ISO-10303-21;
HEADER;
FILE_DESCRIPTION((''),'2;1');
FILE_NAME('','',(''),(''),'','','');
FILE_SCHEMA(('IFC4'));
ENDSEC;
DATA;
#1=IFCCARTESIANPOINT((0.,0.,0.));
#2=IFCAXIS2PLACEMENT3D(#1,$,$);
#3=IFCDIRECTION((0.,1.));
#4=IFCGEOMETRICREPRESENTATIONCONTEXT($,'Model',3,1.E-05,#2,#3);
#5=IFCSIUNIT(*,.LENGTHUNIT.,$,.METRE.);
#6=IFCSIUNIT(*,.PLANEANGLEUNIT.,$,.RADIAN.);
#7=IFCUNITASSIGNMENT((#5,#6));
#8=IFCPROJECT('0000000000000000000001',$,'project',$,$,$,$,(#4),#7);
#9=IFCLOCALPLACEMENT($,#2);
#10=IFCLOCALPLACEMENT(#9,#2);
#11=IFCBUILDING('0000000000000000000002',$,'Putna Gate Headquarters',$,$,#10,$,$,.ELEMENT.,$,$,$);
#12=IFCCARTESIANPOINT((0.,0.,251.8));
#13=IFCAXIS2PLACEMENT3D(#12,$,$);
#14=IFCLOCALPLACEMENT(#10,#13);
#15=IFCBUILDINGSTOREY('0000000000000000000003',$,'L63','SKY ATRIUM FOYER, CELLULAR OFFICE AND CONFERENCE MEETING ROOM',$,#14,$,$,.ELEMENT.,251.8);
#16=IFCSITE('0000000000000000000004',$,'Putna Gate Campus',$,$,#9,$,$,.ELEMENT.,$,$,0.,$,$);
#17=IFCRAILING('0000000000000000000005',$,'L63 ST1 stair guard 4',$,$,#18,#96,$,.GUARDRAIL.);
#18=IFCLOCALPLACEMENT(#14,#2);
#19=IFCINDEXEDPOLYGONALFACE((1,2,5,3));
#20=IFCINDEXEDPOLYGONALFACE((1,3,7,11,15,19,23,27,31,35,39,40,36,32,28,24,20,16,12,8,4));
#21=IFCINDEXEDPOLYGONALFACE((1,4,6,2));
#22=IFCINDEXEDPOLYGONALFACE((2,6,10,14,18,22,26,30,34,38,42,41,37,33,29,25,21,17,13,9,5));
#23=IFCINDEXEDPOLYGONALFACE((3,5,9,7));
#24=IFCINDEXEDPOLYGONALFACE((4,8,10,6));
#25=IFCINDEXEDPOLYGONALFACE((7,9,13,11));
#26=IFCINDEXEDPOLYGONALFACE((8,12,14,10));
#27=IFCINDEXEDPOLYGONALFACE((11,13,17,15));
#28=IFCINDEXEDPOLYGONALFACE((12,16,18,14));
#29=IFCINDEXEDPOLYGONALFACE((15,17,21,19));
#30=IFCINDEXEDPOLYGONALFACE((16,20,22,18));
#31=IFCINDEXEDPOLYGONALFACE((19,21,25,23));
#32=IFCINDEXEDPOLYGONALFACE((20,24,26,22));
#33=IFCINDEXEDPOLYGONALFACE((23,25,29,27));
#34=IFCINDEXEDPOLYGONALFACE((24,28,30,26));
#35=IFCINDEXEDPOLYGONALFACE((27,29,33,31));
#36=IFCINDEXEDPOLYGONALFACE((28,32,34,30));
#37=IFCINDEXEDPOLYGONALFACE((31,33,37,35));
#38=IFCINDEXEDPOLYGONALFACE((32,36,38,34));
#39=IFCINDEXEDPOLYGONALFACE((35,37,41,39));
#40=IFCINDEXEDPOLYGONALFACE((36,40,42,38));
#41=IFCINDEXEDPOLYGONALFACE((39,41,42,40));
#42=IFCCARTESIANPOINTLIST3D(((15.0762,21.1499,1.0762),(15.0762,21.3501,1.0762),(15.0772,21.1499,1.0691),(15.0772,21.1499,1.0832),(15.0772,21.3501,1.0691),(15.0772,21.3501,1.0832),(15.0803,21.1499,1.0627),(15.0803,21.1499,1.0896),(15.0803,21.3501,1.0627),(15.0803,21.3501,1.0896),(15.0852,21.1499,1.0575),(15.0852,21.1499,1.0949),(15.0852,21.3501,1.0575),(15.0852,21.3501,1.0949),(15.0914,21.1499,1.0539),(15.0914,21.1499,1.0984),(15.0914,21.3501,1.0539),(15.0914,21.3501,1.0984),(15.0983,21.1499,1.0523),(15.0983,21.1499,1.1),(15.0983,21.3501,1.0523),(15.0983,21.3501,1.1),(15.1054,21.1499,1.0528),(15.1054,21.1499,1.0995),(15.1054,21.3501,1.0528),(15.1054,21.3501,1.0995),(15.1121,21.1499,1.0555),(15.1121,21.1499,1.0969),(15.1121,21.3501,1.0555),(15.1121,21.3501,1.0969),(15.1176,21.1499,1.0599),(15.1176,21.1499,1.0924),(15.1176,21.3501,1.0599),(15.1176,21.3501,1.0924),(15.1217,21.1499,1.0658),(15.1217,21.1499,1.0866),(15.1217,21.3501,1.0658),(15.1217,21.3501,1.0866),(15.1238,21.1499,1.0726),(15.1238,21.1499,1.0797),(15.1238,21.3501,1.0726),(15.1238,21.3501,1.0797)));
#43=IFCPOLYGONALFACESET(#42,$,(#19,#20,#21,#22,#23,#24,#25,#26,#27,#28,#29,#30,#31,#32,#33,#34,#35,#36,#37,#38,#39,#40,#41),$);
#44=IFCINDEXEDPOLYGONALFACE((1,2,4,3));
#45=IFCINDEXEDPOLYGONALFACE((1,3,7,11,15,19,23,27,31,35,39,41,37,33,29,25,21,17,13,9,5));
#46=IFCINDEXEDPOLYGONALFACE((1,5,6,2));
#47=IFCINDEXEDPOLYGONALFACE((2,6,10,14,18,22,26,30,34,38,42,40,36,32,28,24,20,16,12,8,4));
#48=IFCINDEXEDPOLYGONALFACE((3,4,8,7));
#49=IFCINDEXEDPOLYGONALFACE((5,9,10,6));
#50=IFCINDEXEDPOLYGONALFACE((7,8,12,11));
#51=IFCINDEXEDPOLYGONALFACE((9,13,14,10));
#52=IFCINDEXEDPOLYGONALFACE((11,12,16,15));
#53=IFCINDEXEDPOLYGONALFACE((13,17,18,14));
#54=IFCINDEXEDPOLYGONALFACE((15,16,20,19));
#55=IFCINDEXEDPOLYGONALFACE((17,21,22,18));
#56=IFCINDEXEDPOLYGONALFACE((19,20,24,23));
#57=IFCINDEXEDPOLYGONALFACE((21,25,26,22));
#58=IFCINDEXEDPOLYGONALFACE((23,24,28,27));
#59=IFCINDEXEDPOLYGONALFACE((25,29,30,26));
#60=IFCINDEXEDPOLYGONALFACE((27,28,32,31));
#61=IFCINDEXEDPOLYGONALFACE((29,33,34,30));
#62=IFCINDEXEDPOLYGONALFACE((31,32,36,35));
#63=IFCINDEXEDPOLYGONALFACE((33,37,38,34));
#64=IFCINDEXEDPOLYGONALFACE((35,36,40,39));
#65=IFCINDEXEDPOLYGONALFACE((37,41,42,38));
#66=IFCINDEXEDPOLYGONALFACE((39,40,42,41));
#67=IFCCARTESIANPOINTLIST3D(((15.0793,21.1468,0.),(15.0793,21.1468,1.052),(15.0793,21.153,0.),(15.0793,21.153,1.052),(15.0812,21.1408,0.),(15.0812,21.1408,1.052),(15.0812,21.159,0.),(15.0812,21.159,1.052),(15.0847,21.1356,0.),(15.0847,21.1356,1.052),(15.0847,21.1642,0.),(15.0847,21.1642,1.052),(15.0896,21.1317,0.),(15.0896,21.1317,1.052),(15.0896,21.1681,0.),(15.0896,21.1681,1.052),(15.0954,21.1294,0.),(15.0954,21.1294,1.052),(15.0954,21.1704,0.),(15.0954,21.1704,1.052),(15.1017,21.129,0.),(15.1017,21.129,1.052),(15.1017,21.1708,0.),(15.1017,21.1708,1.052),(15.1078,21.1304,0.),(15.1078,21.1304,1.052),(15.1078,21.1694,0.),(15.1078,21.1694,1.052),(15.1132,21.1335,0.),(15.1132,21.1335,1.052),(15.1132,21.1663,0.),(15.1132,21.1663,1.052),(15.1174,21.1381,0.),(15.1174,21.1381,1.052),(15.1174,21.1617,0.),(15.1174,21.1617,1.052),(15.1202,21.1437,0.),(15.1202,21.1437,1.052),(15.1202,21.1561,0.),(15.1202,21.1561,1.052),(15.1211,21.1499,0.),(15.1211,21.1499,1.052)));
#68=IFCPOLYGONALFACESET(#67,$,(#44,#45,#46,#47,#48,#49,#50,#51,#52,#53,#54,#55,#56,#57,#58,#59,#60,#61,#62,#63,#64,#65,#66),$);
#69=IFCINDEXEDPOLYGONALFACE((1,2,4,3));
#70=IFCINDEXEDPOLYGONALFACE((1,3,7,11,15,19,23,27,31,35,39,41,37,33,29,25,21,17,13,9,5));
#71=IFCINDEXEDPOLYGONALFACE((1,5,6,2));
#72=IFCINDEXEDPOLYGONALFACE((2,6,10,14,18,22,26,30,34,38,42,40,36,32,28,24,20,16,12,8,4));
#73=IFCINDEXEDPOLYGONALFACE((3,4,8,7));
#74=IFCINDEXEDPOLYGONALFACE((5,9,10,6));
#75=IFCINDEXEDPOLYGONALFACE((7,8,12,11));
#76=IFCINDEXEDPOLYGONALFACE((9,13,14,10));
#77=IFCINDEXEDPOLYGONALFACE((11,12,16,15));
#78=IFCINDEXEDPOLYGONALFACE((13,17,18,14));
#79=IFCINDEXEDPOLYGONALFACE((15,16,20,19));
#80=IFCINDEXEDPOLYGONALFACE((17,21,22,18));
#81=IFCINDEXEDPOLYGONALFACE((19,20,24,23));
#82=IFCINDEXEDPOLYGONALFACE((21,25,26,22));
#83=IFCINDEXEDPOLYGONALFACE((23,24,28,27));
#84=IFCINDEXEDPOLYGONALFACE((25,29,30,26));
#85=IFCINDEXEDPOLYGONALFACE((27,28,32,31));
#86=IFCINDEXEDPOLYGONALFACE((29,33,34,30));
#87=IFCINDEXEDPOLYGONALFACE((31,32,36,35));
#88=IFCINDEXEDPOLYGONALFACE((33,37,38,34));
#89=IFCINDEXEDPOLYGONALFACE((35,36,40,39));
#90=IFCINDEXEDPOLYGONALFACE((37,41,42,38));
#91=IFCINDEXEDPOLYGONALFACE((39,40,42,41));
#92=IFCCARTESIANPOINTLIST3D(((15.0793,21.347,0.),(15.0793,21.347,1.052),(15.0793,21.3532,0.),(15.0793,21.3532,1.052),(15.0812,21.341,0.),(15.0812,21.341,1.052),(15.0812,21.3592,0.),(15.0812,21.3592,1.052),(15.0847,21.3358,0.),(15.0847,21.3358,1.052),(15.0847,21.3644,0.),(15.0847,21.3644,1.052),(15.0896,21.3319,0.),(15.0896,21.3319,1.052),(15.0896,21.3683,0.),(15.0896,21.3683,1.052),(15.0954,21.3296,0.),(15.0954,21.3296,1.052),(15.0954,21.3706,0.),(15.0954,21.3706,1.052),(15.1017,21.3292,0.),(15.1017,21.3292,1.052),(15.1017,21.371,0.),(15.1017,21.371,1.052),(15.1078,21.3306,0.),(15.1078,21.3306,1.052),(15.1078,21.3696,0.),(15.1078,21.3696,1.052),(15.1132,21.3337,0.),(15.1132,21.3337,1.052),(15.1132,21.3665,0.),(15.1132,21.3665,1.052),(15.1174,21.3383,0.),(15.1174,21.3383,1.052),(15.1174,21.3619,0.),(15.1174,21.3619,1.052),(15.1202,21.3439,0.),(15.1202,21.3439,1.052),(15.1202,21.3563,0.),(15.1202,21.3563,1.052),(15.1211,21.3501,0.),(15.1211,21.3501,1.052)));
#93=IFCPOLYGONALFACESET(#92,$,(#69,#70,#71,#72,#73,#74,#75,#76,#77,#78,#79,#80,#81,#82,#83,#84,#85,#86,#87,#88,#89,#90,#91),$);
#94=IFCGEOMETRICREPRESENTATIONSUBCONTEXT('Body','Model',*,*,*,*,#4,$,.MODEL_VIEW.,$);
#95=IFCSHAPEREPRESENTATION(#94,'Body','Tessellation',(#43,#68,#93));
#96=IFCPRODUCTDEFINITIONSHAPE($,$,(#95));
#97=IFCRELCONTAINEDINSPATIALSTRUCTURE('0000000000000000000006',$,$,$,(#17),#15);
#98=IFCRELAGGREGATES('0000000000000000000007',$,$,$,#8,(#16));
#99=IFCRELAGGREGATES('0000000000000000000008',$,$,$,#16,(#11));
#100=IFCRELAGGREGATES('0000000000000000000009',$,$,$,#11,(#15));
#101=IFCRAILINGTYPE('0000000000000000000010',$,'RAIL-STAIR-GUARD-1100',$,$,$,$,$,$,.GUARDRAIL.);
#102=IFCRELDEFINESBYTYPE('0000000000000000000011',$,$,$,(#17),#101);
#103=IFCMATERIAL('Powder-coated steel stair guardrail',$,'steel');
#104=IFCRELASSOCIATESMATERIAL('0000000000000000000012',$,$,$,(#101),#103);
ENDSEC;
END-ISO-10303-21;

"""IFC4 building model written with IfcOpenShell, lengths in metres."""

from ifc_helpers import new_model, si_unit, direction, frame, origin, origin_2d, place, context, subcontext, project, spatial, circle, extrude, material, type_object, element, save


model = new_model("IFC4")

# Units and contexts
model_context = context("Model", 3, precision=1e-05, world=origin(), true_north=direction((0.0, 1.0)))
body_context = subcontext(model_context, "Body", "Model", "MODEL_VIEW")
ifc_project = project(units=[si_unit("LENGTHUNIT", "METRE"), si_unit("PLANEANGLEUNIT", "RADIAN")], contexts=[model_context])

# Site, building, storey
site_placement = place(None, origin())
site = spatial("IfcSite", under=ifc_project, at=site_placement, Name="Putna Gate Campus", CompositionType="ELEMENT", RefElevation=0.0)
building_placement = place(site_placement, origin())
building = spatial("IfcBuilding", under=site, at=building_placement, Name="Putna Gate Headquarters", CompositionType="ELEMENT")
storey_placement = place(building_placement, frame((0.0, 0.0, 251.8)))
storey = spatial("IfcBuildingStorey", under=building, at=storey_placement, Name="L63", Description="SKY ATRIUM FOYER, CELLULAR OFFICE AND CONFERENCE MEETING ROOM", CompositionType="ELEMENT", Elevation=251.8)

# Railing
ifc_material_1 = material(Name="Powder-coated steel stair guardrail", Category="steel")
railing_type_1 = type_object("IfcRailingType", Name="RAIL-STAIR-GUARD-1100", PredefinedType="GUARDRAIL", material=ifc_material_1)
railing_1_placement = place(storey_placement, frame((15.1001, 21.1499, 0.0)))
element("IfcRailing", 1, at=railing_1_placement, inside=storey, type_object=railing_type_1, Name="L63 ST1 stair guard 4", PredefinedType="GUARDRAIL", context=body_context, shape_type="SweptSolid", body=[
    extrude(circle(Radius=0.0239, at=origin_2d()), frame((0.0, 0.0, 1.0762), z_axis=(0.0, 1.0, 0.0), x_axis=(-1.0, 0.0, 0.0)), (0.0, 0.0, 1.0), 0.2002),
    extrude(circle(Radius=0.021, at=origin_2d()), origin(), (0.0, 0.0, 1.0), 1.052),
    extrude(circle(Radius=0.021, at=origin_2d()), frame((0.0, 0.2002, 0.0)), (0.0, 0.0, 1.0), 1.052),
])

save(model, "model.ifc")
